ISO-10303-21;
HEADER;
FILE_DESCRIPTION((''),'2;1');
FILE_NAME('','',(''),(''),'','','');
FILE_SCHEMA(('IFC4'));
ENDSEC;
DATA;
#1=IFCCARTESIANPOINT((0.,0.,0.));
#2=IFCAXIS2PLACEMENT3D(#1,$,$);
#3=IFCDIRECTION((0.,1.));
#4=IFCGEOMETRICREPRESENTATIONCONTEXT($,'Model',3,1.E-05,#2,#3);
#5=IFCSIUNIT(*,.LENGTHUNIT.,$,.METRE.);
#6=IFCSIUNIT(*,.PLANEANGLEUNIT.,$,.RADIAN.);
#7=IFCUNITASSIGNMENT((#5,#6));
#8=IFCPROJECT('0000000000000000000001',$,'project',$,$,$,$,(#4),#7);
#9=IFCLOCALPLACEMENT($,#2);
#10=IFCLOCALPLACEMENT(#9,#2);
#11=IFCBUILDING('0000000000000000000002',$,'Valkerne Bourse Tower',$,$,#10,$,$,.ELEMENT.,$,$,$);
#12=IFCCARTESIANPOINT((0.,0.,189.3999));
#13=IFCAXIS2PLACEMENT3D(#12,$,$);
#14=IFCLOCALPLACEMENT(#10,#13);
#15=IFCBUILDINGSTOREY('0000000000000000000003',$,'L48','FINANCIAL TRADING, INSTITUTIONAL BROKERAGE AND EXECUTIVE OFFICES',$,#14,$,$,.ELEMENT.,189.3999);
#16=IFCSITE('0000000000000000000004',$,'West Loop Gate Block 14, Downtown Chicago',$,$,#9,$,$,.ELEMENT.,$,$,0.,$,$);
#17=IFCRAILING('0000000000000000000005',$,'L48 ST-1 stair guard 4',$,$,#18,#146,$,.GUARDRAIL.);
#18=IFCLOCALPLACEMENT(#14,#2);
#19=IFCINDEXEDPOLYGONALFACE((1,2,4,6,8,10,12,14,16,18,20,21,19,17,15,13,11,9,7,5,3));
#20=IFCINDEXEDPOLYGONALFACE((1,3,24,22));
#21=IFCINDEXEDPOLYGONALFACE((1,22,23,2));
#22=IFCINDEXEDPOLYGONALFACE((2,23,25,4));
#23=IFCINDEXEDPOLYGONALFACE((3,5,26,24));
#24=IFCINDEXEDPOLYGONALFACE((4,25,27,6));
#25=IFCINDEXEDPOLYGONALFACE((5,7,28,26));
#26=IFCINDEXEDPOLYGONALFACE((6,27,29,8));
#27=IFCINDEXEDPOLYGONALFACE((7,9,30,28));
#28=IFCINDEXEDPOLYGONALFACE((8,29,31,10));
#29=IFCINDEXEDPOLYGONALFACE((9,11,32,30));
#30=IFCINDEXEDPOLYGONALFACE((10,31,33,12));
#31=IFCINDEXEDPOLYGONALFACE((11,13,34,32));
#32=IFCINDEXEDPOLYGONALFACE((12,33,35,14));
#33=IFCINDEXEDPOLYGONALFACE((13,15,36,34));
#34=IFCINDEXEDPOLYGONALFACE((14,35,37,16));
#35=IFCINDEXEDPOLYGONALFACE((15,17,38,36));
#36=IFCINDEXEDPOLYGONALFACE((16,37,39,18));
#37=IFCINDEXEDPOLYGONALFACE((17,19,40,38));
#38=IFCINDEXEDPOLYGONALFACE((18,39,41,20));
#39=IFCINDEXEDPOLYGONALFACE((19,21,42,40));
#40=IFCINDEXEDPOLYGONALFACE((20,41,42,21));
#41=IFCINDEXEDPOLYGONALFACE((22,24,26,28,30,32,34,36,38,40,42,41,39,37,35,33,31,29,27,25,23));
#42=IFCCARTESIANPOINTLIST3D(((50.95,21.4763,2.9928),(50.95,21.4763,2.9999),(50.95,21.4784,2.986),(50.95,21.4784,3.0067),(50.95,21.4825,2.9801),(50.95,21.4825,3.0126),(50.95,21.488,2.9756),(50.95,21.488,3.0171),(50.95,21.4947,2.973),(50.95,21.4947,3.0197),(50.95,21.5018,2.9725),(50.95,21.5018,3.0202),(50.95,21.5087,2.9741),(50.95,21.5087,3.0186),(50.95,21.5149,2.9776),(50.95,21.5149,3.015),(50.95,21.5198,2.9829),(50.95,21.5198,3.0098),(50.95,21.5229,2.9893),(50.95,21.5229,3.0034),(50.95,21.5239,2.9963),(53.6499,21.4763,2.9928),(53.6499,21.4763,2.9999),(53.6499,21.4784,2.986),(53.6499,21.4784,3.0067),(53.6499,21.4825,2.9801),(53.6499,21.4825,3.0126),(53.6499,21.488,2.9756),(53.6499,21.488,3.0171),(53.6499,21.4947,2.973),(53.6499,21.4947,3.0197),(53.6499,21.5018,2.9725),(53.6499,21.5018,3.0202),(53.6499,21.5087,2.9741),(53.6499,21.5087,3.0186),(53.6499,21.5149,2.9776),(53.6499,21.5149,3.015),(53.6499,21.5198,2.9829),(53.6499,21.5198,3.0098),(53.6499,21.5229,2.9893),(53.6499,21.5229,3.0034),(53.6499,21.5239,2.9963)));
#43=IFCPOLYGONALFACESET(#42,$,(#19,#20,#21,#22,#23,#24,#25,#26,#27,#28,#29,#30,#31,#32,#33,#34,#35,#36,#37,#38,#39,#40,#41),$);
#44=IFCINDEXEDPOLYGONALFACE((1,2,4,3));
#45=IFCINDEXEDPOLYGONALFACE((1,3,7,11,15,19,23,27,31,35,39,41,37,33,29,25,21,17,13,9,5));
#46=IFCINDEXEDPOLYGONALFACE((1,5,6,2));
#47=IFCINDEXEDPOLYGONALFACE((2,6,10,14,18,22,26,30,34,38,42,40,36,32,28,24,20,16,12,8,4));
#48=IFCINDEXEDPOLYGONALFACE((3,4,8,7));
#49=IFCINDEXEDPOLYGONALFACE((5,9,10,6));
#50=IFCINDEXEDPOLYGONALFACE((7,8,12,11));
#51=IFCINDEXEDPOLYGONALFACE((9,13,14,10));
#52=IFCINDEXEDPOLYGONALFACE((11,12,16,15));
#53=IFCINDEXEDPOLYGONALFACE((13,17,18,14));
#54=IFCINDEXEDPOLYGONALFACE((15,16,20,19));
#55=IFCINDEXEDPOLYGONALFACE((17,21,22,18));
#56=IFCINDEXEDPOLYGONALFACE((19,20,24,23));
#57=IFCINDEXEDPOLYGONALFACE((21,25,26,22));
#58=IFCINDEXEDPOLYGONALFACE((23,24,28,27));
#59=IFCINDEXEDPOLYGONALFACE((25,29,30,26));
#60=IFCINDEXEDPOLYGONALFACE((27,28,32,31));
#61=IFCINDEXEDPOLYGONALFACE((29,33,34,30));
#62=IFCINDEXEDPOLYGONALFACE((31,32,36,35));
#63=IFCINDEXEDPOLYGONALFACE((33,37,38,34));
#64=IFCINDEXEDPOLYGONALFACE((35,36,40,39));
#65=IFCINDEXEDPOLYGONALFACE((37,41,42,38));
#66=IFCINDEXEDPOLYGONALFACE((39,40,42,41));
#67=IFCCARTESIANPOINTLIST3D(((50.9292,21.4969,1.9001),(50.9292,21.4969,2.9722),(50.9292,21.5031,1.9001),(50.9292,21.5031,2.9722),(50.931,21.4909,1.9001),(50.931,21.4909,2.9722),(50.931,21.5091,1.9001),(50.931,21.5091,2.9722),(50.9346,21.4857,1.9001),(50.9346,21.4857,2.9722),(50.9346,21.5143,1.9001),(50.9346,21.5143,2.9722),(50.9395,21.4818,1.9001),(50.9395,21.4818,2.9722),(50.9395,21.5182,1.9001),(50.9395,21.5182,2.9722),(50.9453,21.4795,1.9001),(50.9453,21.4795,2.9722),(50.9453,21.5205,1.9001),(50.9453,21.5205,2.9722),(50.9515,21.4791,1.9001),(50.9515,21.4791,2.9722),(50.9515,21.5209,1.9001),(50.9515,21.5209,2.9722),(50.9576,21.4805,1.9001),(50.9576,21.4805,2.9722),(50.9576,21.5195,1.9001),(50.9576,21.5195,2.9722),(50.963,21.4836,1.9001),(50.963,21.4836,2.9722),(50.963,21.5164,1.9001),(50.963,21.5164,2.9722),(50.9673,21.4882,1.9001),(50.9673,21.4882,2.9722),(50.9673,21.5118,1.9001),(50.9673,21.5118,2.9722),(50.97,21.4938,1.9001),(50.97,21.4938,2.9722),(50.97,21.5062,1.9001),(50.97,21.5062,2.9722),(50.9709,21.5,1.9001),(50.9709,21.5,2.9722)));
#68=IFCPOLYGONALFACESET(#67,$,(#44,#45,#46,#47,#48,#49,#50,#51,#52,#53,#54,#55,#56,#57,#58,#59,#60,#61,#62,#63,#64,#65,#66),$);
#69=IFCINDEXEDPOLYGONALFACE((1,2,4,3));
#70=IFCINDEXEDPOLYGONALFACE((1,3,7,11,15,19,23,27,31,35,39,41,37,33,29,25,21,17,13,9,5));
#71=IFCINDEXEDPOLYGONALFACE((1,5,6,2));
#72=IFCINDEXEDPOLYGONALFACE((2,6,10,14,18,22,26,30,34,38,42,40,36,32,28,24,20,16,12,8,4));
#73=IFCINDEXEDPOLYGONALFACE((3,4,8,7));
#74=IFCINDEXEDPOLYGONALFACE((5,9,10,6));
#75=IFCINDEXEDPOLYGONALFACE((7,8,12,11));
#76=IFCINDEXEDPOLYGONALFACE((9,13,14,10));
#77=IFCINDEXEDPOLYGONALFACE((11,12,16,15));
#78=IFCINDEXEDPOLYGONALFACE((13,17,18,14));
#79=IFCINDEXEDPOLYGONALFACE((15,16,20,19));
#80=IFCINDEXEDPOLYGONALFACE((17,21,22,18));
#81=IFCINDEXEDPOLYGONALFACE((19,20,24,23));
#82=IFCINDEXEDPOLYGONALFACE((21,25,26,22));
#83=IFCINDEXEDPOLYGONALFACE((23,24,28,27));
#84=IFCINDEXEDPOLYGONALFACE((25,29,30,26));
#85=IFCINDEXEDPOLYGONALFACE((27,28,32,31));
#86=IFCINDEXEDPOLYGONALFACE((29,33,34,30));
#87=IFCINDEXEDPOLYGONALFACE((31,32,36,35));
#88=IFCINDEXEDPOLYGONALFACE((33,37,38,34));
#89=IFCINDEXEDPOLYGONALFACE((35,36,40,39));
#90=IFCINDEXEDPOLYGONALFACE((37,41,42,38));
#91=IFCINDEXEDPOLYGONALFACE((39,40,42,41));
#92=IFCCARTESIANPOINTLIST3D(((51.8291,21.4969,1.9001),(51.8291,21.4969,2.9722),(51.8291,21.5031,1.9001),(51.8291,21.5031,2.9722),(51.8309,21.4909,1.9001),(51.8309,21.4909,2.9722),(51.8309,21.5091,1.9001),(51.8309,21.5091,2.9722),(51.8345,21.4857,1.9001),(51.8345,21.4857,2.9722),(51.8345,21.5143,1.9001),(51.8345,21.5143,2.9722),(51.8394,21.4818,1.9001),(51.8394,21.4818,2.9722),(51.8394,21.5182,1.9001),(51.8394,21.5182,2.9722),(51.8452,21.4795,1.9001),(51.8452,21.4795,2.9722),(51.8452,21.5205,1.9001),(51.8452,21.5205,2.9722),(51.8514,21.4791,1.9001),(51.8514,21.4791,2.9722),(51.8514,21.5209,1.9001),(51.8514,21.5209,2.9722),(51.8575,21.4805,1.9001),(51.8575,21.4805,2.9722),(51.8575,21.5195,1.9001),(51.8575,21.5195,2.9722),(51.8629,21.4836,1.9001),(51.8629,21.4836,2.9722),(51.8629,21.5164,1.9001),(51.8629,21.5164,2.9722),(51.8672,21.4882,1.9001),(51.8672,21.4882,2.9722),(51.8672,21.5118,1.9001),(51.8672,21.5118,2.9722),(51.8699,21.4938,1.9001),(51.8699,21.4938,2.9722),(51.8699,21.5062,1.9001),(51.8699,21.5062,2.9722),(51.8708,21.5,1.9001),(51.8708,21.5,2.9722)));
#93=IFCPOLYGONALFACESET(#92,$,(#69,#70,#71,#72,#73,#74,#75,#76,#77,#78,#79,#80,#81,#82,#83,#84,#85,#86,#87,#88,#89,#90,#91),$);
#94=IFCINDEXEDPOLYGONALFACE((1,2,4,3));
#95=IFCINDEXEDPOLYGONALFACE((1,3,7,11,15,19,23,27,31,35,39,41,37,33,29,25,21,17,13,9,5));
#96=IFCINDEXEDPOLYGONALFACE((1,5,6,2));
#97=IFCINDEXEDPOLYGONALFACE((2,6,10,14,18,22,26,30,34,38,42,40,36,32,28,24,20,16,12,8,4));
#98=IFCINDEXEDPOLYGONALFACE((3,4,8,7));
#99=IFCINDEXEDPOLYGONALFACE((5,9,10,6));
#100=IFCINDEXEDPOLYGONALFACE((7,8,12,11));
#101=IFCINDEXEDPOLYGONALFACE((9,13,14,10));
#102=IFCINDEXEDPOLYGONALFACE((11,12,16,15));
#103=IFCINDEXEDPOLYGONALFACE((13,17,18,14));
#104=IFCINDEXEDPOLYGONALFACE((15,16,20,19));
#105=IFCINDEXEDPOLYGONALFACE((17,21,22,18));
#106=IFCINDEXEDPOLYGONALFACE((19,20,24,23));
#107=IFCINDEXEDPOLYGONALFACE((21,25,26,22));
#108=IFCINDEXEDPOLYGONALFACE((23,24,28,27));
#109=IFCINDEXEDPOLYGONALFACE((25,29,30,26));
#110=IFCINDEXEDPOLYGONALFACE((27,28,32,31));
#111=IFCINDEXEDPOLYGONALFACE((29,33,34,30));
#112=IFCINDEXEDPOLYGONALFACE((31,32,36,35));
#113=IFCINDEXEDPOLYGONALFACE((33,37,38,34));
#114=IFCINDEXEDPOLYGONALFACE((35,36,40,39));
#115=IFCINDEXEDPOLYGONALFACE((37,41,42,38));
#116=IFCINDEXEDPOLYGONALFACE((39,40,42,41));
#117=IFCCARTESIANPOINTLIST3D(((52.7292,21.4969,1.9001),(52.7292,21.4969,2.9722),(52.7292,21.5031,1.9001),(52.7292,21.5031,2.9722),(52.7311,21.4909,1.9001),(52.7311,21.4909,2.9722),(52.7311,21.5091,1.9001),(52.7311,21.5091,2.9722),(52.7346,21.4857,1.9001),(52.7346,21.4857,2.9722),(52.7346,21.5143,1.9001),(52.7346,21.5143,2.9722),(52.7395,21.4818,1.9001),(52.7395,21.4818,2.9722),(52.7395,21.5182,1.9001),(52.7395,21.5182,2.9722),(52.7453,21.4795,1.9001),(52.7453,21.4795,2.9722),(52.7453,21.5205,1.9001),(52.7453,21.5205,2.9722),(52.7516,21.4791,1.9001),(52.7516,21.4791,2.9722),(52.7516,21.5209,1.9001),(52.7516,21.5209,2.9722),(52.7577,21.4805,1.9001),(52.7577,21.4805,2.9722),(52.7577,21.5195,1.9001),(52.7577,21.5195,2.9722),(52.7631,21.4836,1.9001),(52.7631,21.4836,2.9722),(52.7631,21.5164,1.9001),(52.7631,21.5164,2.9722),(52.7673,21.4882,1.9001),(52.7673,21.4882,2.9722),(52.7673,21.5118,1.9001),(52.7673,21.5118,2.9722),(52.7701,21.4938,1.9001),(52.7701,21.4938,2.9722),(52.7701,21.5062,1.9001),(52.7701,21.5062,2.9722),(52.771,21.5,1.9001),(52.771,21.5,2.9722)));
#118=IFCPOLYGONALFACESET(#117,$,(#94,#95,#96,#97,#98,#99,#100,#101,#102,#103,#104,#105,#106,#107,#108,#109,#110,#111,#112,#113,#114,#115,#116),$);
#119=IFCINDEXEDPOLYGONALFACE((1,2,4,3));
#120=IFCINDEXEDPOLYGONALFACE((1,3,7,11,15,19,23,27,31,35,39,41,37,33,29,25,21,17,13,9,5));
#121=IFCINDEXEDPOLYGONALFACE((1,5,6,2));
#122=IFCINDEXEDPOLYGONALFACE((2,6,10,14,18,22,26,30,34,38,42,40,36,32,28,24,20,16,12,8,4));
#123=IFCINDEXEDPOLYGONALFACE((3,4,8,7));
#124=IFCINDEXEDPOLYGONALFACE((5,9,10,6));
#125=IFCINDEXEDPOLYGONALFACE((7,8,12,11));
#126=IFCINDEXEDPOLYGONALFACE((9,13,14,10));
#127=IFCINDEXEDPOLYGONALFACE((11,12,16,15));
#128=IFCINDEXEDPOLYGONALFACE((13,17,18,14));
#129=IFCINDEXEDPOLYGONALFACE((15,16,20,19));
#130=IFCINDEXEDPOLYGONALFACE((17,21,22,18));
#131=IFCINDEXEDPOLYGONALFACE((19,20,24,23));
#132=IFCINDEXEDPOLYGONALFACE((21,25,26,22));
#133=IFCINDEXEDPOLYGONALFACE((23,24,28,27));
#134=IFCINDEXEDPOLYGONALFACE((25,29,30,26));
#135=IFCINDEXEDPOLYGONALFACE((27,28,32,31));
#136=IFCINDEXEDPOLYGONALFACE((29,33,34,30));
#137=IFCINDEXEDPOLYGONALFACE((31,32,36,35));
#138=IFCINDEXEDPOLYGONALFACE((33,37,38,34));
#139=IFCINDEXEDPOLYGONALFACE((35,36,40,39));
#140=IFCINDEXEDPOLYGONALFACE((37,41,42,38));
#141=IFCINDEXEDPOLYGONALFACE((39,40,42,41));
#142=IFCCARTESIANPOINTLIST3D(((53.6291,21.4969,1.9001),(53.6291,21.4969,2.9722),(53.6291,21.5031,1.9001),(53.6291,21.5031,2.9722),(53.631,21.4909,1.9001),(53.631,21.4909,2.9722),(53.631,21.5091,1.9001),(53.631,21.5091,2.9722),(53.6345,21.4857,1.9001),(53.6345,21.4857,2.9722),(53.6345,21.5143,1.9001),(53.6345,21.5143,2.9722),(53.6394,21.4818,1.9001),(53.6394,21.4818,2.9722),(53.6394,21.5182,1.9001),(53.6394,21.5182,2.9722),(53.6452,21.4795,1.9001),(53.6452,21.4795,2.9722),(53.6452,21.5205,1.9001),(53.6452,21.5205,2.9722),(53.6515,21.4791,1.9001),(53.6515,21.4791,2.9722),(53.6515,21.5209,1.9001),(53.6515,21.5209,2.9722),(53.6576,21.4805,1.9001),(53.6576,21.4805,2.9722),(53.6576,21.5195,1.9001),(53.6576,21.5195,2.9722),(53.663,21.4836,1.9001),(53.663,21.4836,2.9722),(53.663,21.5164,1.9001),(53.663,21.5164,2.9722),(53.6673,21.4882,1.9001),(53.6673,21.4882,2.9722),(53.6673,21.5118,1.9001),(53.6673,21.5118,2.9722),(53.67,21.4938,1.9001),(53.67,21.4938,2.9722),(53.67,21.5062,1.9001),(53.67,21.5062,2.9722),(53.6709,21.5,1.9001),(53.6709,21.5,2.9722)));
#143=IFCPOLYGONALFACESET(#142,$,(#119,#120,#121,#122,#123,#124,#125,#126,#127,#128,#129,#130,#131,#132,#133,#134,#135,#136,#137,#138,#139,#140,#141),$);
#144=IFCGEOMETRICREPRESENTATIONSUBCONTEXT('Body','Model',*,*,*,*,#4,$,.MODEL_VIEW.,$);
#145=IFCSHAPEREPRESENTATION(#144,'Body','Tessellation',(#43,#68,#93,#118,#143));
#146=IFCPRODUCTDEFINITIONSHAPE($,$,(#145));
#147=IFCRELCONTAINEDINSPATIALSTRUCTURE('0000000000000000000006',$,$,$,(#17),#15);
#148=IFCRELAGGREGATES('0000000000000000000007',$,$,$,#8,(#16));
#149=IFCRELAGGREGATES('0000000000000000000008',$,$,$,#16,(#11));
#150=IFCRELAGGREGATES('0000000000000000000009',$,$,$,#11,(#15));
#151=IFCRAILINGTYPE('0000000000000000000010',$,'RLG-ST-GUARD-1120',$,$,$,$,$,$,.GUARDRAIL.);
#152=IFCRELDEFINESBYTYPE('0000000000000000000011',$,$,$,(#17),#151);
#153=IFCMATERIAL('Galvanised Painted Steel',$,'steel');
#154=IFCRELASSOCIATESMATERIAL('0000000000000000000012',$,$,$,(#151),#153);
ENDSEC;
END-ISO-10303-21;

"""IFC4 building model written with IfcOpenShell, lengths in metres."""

from ifc_helpers import new_model, si_unit, direction, frame, origin, origin_2d, place, context, subcontext, project, spatial, circle, extrude, material, type_object, element, save


model = new_model("IFC4")

# Units and contexts
model_context = context("Model", 3, precision=1e-05, world=origin(), true_north=direction((0.0, 1.0)))
body_context = subcontext(model_context, "Body", "Model", "MODEL_VIEW")
ifc_project = project(units=[si_unit("LENGTHUNIT", "METRE"), si_unit("PLANEANGLEUNIT", "RADIAN")], contexts=[model_context])

# Site, building, storey
site_placement = place(None, origin())
site = spatial("IfcSite", under=ifc_project, at=site_placement, Name="West Loop Gate Block 14, Downtown Chicago", CompositionType="ELEMENT", RefElevation=0.0)
building_placement = place(site_placement, origin())
building = spatial("IfcBuilding", under=site, at=building_placement, Name="Valkerne Bourse Tower", CompositionType="ELEMENT")
storey_placement = place(building_placement, frame((0.0, 0.0, 189.3999)))
storey = spatial("IfcBuildingStorey", under=building, at=storey_placement, Name="L48", Description="FINANCIAL TRADING, INSTITUTIONAL BROKERAGE AND EXECUTIVE OFFICES", CompositionType="ELEMENT", Elevation=189.3999)

# Shared definitions
ifc_material_1 = material(Name="Galvanised Painted Steel", Category="steel")

# Railing
railing_type_1 = type_object("IfcRailingType", Name="RLG-ST-GUARD-1120", PredefinedType="GUARDRAIL", material=ifc_material_1)
for number, where, name in (
    (1, (50.95, 21.5, 1.9001), "L48 ST-1 stair guard 4"),
):
    element("IfcRailing", number, at=place(storey_placement, frame(where)), inside=storey, type_object=railing_type_1, Name=name, PredefinedType="GUARDRAIL", context=body_context, shape_type="SweptSolid", body=[
        extrude(circle(Radius=0.0239, at=origin_2d()), frame((0.0, 0.0, 1.0962), z_axis=(1.0, 0.0, 0.0), x_axis=(0.0, 1.0, 0.0)), (0.0, 0.0, 1.0), 2.7),
        extrude(circle(Radius=0.021, at=origin_2d()), origin(), (0.0, 0.0, 1.0), 1.072),
        extrude(circle(Radius=0.021, at=origin_2d()), frame((0.8999, 0.0, 0.0)), (0.0, 0.0, 1.0), 1.072),
        extrude(circle(Radius=0.021, at=origin_2d()), frame((1.8, 0.0, 0.0)), (0.0, 0.0, 1.0), 1.072),
        extrude(circle(Radius=0.021, at=origin_2d()), frame((2.7, 0.0, 0.0)), (0.0, 0.0, 1.0), 1.072),
    ])

save(model, "model.ifc")
